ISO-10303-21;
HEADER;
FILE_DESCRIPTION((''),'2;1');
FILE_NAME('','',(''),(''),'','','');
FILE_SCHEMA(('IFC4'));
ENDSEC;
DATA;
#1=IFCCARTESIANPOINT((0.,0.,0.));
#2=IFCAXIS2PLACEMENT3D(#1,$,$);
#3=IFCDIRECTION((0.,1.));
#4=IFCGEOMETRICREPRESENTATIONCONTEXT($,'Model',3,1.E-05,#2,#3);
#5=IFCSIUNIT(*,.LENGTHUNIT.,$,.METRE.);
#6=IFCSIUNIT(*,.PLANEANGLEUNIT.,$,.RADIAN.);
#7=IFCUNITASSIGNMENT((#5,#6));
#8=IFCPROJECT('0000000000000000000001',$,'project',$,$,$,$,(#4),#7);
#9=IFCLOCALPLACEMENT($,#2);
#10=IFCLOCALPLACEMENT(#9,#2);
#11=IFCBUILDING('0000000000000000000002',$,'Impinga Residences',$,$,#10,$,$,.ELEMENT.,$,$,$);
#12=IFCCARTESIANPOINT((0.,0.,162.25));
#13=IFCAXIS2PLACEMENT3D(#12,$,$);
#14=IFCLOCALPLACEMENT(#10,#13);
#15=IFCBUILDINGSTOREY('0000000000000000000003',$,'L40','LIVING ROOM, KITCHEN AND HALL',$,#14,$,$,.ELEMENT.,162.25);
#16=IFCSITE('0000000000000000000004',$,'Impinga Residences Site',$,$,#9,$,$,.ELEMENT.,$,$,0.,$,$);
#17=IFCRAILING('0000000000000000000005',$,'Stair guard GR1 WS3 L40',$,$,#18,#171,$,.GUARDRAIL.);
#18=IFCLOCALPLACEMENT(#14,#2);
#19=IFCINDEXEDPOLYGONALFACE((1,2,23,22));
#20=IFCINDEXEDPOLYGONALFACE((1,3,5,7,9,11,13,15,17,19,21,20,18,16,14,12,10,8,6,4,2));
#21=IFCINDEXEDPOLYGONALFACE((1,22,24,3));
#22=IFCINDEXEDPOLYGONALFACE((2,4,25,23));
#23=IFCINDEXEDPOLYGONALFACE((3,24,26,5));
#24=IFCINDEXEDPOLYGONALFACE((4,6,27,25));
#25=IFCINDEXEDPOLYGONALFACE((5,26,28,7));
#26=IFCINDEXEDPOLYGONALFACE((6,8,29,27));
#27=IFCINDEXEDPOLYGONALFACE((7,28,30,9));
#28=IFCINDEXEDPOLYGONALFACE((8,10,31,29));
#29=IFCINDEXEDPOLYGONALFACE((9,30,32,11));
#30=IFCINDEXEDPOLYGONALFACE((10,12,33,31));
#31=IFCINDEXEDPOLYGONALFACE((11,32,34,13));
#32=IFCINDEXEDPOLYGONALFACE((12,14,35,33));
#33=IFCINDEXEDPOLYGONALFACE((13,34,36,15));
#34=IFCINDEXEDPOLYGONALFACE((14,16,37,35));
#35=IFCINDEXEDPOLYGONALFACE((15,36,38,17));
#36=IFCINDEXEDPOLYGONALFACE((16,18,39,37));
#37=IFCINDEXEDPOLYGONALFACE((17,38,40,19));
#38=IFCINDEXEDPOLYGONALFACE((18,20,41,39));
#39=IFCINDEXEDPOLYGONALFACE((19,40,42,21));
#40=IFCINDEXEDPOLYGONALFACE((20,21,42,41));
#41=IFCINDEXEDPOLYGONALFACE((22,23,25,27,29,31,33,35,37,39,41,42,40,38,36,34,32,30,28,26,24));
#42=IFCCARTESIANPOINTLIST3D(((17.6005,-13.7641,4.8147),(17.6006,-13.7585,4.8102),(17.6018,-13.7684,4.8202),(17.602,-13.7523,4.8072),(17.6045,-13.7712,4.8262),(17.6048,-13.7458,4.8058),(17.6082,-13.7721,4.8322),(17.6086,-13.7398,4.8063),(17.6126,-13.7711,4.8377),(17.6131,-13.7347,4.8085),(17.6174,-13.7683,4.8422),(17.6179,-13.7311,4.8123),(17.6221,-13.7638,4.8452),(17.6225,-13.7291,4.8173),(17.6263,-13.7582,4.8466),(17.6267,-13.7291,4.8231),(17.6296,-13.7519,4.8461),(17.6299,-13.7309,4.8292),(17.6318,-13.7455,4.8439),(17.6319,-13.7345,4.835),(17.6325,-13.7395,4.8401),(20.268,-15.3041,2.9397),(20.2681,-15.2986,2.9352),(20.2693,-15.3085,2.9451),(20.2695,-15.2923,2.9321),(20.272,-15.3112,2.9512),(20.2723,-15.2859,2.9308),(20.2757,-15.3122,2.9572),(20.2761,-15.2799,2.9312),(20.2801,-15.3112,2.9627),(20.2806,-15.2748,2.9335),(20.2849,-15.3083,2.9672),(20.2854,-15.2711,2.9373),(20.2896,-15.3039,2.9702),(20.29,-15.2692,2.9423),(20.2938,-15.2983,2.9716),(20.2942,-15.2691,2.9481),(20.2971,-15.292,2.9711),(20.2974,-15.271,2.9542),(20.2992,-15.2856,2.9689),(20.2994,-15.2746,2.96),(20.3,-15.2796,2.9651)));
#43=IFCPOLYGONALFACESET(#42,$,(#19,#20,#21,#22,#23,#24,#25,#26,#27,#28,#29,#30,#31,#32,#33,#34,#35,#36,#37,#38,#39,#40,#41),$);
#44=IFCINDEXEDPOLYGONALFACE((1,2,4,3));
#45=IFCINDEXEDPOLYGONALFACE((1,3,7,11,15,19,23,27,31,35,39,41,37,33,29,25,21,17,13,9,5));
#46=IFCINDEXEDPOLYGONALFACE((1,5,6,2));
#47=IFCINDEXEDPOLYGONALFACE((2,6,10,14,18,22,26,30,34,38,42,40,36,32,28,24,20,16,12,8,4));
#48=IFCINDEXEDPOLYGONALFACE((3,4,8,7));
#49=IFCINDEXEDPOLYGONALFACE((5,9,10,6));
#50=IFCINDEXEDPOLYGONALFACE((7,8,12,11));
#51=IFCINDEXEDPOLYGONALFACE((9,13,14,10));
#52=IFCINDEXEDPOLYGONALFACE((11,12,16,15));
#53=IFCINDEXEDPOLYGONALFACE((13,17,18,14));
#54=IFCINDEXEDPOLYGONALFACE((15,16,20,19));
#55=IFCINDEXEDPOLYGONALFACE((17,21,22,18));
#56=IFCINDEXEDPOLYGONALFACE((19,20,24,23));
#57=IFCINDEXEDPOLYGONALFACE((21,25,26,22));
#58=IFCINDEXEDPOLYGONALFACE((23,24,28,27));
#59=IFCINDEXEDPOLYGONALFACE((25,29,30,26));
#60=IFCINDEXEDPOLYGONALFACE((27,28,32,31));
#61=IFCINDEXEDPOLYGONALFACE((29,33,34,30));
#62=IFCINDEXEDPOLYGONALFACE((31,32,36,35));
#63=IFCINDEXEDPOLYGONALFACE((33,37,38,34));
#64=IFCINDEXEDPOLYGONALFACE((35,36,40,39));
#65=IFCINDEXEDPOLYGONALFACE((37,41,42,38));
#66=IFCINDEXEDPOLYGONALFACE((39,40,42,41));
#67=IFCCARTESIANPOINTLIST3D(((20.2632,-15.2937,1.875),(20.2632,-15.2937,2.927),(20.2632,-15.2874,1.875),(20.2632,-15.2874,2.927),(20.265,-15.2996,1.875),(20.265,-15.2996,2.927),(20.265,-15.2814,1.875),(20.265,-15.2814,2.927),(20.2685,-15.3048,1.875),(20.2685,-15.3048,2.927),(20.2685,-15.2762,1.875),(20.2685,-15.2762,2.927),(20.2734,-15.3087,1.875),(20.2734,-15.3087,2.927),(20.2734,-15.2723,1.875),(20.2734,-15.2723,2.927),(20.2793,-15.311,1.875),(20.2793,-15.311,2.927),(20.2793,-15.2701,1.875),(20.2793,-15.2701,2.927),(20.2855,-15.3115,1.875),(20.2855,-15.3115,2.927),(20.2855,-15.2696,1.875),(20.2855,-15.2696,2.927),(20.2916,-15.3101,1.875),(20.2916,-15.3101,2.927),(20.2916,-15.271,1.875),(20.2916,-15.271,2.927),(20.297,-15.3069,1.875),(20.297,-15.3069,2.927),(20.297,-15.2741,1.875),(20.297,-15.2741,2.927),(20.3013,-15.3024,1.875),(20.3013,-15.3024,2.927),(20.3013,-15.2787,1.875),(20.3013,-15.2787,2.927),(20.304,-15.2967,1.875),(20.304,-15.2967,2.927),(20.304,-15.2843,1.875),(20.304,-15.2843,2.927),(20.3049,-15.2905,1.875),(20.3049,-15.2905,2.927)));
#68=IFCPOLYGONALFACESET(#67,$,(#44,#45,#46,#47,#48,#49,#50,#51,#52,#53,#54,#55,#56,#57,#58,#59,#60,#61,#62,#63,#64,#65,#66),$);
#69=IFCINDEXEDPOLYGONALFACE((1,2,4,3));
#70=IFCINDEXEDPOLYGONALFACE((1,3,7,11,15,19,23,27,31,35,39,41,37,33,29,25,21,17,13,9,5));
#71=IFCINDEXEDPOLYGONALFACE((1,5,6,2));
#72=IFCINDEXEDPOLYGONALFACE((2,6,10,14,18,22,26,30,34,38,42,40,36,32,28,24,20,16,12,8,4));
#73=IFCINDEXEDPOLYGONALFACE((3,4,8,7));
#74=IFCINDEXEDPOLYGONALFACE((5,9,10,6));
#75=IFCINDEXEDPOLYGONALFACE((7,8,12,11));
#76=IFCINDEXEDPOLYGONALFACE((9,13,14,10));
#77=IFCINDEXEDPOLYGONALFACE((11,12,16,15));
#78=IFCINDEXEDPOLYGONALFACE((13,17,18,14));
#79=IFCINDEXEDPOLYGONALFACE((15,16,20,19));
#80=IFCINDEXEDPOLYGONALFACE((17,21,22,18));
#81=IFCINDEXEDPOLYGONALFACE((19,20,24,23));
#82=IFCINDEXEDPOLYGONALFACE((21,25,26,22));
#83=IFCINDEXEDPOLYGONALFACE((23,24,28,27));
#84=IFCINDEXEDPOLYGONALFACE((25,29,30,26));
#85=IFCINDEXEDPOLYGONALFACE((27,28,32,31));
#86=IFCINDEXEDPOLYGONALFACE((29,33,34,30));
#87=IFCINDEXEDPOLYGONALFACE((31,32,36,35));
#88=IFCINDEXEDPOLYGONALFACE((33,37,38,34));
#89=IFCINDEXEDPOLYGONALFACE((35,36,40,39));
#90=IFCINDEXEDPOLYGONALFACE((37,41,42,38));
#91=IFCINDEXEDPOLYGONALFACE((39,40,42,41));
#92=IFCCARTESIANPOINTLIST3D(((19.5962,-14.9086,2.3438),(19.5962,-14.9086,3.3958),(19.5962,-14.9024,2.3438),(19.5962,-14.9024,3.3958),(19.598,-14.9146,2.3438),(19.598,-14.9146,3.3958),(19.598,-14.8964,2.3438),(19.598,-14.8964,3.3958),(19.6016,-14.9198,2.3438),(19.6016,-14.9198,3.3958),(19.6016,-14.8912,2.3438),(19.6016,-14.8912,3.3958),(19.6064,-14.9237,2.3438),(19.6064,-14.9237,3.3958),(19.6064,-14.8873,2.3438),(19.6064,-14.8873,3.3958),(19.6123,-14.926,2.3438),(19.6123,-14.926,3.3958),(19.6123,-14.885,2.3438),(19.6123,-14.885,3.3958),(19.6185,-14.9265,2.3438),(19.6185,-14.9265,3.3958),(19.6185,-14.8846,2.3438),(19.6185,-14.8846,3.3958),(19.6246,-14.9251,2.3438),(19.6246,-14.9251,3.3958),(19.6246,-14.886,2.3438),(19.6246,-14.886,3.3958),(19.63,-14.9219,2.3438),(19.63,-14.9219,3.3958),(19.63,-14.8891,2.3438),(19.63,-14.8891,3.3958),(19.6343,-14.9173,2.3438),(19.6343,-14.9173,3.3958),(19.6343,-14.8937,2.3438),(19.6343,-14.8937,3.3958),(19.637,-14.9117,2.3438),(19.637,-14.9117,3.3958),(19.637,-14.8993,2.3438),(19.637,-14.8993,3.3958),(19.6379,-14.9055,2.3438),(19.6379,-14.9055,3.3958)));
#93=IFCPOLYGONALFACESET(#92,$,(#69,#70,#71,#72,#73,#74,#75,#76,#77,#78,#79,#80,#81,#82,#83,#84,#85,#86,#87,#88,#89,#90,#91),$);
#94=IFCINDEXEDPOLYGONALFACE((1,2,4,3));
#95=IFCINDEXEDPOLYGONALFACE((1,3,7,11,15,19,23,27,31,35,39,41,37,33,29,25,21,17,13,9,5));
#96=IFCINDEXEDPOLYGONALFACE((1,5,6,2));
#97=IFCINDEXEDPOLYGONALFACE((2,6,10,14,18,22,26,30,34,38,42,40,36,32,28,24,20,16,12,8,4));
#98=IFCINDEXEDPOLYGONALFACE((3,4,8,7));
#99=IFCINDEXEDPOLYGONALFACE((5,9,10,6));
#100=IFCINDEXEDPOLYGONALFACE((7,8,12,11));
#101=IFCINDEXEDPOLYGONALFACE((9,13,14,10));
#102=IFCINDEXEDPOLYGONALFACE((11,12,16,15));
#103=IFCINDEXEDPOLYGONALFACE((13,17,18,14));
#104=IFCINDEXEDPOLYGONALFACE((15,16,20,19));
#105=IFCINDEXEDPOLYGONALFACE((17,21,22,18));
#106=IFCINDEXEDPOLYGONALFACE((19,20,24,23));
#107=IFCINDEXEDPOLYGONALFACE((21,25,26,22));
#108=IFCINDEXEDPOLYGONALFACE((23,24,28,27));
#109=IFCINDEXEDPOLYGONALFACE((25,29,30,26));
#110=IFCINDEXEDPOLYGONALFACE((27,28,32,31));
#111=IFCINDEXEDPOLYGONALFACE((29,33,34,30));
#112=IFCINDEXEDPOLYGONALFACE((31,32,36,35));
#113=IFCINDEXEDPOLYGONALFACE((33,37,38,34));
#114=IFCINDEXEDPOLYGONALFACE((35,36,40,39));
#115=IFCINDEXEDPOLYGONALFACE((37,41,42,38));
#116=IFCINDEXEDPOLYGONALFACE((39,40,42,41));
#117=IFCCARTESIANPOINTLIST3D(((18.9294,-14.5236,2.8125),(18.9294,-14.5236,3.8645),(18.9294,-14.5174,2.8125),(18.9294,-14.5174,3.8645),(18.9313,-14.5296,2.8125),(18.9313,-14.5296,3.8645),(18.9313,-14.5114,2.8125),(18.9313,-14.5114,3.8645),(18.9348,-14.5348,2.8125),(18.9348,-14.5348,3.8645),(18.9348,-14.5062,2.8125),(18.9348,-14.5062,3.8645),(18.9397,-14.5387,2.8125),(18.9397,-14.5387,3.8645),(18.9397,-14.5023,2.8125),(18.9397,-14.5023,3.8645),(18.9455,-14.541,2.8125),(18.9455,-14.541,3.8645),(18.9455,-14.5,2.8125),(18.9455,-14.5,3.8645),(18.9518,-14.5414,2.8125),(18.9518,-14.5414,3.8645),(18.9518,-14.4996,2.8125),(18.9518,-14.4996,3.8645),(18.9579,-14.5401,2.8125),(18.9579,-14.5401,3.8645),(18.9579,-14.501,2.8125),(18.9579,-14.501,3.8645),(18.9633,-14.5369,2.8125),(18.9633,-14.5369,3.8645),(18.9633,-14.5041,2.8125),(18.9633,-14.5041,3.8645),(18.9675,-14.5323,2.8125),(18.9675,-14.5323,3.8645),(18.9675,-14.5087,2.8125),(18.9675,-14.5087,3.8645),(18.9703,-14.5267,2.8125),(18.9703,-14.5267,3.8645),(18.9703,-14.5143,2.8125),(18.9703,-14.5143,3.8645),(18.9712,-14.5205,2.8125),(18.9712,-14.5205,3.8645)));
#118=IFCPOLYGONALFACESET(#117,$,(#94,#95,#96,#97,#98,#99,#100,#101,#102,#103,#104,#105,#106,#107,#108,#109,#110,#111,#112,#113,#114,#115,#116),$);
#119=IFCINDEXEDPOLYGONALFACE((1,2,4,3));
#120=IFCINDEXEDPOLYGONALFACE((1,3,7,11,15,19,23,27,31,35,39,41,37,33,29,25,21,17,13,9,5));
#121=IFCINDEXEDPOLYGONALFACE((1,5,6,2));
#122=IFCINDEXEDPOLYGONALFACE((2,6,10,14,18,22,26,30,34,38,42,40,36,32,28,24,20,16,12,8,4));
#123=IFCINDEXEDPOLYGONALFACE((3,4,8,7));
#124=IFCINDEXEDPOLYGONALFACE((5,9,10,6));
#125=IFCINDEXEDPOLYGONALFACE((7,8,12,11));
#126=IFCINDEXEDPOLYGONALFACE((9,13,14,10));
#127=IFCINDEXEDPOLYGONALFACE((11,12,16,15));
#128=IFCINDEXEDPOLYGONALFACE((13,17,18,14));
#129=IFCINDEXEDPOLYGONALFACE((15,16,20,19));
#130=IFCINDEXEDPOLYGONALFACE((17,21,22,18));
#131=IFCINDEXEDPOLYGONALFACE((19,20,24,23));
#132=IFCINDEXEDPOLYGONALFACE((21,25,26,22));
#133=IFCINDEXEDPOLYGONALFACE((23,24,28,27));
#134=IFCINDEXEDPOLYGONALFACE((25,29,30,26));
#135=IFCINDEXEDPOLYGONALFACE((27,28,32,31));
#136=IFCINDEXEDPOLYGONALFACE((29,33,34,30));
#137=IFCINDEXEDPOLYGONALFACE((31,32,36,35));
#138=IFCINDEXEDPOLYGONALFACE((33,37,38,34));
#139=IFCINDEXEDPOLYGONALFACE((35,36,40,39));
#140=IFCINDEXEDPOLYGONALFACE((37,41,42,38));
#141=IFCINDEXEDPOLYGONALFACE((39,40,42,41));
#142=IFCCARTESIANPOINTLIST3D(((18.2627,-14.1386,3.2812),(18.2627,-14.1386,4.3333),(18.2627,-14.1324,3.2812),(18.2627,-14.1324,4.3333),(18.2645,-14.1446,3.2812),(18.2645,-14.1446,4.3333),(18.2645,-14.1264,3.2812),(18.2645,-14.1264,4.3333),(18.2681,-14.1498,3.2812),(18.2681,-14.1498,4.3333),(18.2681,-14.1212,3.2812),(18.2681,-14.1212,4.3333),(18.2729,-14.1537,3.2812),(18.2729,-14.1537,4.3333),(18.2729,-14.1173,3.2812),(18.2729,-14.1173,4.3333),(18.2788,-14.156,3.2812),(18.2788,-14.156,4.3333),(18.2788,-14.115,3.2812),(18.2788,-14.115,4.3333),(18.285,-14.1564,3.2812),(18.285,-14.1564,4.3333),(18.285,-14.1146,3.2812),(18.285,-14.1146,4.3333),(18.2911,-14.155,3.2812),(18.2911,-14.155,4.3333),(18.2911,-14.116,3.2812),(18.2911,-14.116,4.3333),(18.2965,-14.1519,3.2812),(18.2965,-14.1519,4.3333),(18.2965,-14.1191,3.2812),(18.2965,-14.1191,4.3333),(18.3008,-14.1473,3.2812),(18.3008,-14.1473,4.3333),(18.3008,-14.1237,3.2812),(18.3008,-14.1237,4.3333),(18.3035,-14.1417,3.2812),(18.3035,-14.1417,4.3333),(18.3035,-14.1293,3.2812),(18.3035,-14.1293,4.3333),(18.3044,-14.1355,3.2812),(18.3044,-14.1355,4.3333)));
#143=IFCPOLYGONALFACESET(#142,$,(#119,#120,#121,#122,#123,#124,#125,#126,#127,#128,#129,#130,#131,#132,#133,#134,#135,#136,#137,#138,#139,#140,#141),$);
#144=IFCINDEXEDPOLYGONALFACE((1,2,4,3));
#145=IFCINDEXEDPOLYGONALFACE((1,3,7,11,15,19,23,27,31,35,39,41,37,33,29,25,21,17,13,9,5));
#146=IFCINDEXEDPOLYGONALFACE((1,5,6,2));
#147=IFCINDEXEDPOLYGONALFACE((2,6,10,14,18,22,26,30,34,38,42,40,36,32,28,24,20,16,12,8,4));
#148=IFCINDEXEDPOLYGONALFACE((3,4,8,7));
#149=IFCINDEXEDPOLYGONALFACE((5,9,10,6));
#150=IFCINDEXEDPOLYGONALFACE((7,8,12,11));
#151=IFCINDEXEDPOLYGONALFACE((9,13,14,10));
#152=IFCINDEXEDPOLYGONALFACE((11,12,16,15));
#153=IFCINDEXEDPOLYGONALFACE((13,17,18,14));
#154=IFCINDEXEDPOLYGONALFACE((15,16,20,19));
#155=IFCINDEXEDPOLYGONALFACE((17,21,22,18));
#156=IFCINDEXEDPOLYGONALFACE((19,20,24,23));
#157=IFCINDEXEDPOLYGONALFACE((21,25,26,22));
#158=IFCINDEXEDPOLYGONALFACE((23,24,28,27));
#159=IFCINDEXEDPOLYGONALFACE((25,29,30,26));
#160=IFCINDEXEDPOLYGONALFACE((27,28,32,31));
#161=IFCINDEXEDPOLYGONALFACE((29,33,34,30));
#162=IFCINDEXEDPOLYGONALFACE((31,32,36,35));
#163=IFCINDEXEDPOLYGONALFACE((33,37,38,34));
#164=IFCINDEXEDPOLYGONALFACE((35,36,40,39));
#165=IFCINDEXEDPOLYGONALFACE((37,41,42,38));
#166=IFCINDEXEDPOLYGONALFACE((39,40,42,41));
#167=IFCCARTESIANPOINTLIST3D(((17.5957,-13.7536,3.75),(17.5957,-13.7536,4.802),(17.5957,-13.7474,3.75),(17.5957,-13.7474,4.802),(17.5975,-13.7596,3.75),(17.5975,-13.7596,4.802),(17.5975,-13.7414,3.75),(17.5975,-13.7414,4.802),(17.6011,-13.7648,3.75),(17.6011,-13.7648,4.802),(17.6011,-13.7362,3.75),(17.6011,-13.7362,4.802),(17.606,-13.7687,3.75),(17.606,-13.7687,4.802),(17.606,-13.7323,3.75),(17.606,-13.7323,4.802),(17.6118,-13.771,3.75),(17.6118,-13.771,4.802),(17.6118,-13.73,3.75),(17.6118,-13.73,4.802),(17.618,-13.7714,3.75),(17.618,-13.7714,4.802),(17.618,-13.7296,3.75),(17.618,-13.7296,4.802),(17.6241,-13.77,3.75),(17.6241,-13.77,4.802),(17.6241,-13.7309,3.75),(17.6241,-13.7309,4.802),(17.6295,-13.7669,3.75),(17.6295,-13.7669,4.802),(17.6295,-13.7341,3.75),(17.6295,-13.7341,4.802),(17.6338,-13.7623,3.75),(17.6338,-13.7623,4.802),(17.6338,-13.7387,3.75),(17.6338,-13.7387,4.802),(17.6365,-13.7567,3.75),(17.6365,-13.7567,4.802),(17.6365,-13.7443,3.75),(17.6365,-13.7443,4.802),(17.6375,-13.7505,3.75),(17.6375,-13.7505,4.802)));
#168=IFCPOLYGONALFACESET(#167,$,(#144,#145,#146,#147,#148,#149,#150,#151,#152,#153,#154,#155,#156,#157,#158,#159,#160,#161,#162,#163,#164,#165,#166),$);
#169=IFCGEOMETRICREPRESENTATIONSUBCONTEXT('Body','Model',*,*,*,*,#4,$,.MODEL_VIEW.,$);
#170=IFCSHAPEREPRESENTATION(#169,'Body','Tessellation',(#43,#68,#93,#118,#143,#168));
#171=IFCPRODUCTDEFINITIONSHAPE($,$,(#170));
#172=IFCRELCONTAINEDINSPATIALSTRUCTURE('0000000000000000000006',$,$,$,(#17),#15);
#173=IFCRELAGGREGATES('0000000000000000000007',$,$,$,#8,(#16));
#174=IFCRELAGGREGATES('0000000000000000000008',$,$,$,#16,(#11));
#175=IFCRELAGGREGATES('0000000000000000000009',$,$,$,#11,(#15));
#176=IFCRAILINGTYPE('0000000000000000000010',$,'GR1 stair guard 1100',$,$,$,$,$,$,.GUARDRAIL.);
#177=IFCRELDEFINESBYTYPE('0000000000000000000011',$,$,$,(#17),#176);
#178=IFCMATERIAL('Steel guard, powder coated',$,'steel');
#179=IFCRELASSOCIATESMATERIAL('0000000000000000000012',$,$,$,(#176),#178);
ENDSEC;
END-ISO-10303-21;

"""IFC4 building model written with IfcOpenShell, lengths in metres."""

from ifc_helpers import new_model, si_unit, direction, frame, origin, origin_2d, place, context, subcontext, project, spatial, circle, extrude, material, type_object, element, save


model = new_model("IFC4")

# Units and contexts
model_context = context("Model", 3, precision=1e-05, world=origin(), true_north=direction((0.0, 1.0)))
body_context = subcontext(model_context, "Body", "Model", "MODEL_VIEW")
ifc_project = project(units=[si_unit("LENGTHUNIT", "METRE"), si_unit("PLANEANGLEUNIT", "RADIAN")], contexts=[model_context])

# Site, building, storey
site_placement = place(None, origin())
site = spatial("IfcSite", under=ifc_project, at=site_placement, Name="Impinga Residences Site", CompositionType="ELEMENT", RefElevation=0.0)
building_placement = place(site_placement, origin())
building = spatial("IfcBuilding", under=site, at=building_placement, Name="Impinga Residences", CompositionType="ELEMENT")
storey_placement = place(building_placement, frame((0.0, 0.0, 162.25)))
storey = spatial("IfcBuildingStorey", under=building, at=storey_placement, Name="L40", Description="LIVING ROOM, KITCHEN AND HALL", CompositionType="ELEMENT", Elevation=162.25)

# Railing
ifc_material_1 = material(Name="Steel guard, powder coated", Category="steel")
railing_type_1 = type_object("IfcRailingType", Name="GR1 stair guard 1100", PredefinedType="GUARDRAIL", material=ifc_material_1)
railing_1_placement = place(storey_placement, frame((20.2839, -15.2905, 1.875)))
element("IfcRailing", 1, at=railing_1_placement, inside=storey, type_object=railing_type_1, Name="Stair guard GR1 WS3 L40", PredefinedType="GUARDRAIL", context=body_context, shape_type="SweptSolid", body=[
    extrude(circle(Radius=0.0239, at=origin_2d()), frame((0.0, 0.0, 1.0762), z_axis=(-0.739746, 0.427084, 0.519975), x_axis=(-0.499992, -0.86603, 0.0)), (0.0, 0.0, 1.0), 3.606),
    extrude(circle(Radius=0.021, at=origin_2d()), origin(), (0.0, 0.0, 1.0), 1.052),
    extrude(circle(Radius=0.021, at=origin_2d()), frame((-0.667, 0.385, 0.4688)), (0.0, 0.0, 1.0), 1.052),
    extrude(circle(Radius=0.021, at=origin_2d()), frame((-1.3337, 0.77, 0.9375)), (0.0, 0.0, 1.0), 1.052),
    extrude(circle(Radius=0.021, at=origin_2d()), frame((-2.0005, 1.155, 1.4062)), (0.0, 0.0, 1.0), 1.052),
    extrude(circle(Radius=0.021, at=origin_2d()), frame((-2.6675, 1.54, 1.875)), (0.0, 0.0, 1.0), 1.052),
])

save(model, "model.ifc")
